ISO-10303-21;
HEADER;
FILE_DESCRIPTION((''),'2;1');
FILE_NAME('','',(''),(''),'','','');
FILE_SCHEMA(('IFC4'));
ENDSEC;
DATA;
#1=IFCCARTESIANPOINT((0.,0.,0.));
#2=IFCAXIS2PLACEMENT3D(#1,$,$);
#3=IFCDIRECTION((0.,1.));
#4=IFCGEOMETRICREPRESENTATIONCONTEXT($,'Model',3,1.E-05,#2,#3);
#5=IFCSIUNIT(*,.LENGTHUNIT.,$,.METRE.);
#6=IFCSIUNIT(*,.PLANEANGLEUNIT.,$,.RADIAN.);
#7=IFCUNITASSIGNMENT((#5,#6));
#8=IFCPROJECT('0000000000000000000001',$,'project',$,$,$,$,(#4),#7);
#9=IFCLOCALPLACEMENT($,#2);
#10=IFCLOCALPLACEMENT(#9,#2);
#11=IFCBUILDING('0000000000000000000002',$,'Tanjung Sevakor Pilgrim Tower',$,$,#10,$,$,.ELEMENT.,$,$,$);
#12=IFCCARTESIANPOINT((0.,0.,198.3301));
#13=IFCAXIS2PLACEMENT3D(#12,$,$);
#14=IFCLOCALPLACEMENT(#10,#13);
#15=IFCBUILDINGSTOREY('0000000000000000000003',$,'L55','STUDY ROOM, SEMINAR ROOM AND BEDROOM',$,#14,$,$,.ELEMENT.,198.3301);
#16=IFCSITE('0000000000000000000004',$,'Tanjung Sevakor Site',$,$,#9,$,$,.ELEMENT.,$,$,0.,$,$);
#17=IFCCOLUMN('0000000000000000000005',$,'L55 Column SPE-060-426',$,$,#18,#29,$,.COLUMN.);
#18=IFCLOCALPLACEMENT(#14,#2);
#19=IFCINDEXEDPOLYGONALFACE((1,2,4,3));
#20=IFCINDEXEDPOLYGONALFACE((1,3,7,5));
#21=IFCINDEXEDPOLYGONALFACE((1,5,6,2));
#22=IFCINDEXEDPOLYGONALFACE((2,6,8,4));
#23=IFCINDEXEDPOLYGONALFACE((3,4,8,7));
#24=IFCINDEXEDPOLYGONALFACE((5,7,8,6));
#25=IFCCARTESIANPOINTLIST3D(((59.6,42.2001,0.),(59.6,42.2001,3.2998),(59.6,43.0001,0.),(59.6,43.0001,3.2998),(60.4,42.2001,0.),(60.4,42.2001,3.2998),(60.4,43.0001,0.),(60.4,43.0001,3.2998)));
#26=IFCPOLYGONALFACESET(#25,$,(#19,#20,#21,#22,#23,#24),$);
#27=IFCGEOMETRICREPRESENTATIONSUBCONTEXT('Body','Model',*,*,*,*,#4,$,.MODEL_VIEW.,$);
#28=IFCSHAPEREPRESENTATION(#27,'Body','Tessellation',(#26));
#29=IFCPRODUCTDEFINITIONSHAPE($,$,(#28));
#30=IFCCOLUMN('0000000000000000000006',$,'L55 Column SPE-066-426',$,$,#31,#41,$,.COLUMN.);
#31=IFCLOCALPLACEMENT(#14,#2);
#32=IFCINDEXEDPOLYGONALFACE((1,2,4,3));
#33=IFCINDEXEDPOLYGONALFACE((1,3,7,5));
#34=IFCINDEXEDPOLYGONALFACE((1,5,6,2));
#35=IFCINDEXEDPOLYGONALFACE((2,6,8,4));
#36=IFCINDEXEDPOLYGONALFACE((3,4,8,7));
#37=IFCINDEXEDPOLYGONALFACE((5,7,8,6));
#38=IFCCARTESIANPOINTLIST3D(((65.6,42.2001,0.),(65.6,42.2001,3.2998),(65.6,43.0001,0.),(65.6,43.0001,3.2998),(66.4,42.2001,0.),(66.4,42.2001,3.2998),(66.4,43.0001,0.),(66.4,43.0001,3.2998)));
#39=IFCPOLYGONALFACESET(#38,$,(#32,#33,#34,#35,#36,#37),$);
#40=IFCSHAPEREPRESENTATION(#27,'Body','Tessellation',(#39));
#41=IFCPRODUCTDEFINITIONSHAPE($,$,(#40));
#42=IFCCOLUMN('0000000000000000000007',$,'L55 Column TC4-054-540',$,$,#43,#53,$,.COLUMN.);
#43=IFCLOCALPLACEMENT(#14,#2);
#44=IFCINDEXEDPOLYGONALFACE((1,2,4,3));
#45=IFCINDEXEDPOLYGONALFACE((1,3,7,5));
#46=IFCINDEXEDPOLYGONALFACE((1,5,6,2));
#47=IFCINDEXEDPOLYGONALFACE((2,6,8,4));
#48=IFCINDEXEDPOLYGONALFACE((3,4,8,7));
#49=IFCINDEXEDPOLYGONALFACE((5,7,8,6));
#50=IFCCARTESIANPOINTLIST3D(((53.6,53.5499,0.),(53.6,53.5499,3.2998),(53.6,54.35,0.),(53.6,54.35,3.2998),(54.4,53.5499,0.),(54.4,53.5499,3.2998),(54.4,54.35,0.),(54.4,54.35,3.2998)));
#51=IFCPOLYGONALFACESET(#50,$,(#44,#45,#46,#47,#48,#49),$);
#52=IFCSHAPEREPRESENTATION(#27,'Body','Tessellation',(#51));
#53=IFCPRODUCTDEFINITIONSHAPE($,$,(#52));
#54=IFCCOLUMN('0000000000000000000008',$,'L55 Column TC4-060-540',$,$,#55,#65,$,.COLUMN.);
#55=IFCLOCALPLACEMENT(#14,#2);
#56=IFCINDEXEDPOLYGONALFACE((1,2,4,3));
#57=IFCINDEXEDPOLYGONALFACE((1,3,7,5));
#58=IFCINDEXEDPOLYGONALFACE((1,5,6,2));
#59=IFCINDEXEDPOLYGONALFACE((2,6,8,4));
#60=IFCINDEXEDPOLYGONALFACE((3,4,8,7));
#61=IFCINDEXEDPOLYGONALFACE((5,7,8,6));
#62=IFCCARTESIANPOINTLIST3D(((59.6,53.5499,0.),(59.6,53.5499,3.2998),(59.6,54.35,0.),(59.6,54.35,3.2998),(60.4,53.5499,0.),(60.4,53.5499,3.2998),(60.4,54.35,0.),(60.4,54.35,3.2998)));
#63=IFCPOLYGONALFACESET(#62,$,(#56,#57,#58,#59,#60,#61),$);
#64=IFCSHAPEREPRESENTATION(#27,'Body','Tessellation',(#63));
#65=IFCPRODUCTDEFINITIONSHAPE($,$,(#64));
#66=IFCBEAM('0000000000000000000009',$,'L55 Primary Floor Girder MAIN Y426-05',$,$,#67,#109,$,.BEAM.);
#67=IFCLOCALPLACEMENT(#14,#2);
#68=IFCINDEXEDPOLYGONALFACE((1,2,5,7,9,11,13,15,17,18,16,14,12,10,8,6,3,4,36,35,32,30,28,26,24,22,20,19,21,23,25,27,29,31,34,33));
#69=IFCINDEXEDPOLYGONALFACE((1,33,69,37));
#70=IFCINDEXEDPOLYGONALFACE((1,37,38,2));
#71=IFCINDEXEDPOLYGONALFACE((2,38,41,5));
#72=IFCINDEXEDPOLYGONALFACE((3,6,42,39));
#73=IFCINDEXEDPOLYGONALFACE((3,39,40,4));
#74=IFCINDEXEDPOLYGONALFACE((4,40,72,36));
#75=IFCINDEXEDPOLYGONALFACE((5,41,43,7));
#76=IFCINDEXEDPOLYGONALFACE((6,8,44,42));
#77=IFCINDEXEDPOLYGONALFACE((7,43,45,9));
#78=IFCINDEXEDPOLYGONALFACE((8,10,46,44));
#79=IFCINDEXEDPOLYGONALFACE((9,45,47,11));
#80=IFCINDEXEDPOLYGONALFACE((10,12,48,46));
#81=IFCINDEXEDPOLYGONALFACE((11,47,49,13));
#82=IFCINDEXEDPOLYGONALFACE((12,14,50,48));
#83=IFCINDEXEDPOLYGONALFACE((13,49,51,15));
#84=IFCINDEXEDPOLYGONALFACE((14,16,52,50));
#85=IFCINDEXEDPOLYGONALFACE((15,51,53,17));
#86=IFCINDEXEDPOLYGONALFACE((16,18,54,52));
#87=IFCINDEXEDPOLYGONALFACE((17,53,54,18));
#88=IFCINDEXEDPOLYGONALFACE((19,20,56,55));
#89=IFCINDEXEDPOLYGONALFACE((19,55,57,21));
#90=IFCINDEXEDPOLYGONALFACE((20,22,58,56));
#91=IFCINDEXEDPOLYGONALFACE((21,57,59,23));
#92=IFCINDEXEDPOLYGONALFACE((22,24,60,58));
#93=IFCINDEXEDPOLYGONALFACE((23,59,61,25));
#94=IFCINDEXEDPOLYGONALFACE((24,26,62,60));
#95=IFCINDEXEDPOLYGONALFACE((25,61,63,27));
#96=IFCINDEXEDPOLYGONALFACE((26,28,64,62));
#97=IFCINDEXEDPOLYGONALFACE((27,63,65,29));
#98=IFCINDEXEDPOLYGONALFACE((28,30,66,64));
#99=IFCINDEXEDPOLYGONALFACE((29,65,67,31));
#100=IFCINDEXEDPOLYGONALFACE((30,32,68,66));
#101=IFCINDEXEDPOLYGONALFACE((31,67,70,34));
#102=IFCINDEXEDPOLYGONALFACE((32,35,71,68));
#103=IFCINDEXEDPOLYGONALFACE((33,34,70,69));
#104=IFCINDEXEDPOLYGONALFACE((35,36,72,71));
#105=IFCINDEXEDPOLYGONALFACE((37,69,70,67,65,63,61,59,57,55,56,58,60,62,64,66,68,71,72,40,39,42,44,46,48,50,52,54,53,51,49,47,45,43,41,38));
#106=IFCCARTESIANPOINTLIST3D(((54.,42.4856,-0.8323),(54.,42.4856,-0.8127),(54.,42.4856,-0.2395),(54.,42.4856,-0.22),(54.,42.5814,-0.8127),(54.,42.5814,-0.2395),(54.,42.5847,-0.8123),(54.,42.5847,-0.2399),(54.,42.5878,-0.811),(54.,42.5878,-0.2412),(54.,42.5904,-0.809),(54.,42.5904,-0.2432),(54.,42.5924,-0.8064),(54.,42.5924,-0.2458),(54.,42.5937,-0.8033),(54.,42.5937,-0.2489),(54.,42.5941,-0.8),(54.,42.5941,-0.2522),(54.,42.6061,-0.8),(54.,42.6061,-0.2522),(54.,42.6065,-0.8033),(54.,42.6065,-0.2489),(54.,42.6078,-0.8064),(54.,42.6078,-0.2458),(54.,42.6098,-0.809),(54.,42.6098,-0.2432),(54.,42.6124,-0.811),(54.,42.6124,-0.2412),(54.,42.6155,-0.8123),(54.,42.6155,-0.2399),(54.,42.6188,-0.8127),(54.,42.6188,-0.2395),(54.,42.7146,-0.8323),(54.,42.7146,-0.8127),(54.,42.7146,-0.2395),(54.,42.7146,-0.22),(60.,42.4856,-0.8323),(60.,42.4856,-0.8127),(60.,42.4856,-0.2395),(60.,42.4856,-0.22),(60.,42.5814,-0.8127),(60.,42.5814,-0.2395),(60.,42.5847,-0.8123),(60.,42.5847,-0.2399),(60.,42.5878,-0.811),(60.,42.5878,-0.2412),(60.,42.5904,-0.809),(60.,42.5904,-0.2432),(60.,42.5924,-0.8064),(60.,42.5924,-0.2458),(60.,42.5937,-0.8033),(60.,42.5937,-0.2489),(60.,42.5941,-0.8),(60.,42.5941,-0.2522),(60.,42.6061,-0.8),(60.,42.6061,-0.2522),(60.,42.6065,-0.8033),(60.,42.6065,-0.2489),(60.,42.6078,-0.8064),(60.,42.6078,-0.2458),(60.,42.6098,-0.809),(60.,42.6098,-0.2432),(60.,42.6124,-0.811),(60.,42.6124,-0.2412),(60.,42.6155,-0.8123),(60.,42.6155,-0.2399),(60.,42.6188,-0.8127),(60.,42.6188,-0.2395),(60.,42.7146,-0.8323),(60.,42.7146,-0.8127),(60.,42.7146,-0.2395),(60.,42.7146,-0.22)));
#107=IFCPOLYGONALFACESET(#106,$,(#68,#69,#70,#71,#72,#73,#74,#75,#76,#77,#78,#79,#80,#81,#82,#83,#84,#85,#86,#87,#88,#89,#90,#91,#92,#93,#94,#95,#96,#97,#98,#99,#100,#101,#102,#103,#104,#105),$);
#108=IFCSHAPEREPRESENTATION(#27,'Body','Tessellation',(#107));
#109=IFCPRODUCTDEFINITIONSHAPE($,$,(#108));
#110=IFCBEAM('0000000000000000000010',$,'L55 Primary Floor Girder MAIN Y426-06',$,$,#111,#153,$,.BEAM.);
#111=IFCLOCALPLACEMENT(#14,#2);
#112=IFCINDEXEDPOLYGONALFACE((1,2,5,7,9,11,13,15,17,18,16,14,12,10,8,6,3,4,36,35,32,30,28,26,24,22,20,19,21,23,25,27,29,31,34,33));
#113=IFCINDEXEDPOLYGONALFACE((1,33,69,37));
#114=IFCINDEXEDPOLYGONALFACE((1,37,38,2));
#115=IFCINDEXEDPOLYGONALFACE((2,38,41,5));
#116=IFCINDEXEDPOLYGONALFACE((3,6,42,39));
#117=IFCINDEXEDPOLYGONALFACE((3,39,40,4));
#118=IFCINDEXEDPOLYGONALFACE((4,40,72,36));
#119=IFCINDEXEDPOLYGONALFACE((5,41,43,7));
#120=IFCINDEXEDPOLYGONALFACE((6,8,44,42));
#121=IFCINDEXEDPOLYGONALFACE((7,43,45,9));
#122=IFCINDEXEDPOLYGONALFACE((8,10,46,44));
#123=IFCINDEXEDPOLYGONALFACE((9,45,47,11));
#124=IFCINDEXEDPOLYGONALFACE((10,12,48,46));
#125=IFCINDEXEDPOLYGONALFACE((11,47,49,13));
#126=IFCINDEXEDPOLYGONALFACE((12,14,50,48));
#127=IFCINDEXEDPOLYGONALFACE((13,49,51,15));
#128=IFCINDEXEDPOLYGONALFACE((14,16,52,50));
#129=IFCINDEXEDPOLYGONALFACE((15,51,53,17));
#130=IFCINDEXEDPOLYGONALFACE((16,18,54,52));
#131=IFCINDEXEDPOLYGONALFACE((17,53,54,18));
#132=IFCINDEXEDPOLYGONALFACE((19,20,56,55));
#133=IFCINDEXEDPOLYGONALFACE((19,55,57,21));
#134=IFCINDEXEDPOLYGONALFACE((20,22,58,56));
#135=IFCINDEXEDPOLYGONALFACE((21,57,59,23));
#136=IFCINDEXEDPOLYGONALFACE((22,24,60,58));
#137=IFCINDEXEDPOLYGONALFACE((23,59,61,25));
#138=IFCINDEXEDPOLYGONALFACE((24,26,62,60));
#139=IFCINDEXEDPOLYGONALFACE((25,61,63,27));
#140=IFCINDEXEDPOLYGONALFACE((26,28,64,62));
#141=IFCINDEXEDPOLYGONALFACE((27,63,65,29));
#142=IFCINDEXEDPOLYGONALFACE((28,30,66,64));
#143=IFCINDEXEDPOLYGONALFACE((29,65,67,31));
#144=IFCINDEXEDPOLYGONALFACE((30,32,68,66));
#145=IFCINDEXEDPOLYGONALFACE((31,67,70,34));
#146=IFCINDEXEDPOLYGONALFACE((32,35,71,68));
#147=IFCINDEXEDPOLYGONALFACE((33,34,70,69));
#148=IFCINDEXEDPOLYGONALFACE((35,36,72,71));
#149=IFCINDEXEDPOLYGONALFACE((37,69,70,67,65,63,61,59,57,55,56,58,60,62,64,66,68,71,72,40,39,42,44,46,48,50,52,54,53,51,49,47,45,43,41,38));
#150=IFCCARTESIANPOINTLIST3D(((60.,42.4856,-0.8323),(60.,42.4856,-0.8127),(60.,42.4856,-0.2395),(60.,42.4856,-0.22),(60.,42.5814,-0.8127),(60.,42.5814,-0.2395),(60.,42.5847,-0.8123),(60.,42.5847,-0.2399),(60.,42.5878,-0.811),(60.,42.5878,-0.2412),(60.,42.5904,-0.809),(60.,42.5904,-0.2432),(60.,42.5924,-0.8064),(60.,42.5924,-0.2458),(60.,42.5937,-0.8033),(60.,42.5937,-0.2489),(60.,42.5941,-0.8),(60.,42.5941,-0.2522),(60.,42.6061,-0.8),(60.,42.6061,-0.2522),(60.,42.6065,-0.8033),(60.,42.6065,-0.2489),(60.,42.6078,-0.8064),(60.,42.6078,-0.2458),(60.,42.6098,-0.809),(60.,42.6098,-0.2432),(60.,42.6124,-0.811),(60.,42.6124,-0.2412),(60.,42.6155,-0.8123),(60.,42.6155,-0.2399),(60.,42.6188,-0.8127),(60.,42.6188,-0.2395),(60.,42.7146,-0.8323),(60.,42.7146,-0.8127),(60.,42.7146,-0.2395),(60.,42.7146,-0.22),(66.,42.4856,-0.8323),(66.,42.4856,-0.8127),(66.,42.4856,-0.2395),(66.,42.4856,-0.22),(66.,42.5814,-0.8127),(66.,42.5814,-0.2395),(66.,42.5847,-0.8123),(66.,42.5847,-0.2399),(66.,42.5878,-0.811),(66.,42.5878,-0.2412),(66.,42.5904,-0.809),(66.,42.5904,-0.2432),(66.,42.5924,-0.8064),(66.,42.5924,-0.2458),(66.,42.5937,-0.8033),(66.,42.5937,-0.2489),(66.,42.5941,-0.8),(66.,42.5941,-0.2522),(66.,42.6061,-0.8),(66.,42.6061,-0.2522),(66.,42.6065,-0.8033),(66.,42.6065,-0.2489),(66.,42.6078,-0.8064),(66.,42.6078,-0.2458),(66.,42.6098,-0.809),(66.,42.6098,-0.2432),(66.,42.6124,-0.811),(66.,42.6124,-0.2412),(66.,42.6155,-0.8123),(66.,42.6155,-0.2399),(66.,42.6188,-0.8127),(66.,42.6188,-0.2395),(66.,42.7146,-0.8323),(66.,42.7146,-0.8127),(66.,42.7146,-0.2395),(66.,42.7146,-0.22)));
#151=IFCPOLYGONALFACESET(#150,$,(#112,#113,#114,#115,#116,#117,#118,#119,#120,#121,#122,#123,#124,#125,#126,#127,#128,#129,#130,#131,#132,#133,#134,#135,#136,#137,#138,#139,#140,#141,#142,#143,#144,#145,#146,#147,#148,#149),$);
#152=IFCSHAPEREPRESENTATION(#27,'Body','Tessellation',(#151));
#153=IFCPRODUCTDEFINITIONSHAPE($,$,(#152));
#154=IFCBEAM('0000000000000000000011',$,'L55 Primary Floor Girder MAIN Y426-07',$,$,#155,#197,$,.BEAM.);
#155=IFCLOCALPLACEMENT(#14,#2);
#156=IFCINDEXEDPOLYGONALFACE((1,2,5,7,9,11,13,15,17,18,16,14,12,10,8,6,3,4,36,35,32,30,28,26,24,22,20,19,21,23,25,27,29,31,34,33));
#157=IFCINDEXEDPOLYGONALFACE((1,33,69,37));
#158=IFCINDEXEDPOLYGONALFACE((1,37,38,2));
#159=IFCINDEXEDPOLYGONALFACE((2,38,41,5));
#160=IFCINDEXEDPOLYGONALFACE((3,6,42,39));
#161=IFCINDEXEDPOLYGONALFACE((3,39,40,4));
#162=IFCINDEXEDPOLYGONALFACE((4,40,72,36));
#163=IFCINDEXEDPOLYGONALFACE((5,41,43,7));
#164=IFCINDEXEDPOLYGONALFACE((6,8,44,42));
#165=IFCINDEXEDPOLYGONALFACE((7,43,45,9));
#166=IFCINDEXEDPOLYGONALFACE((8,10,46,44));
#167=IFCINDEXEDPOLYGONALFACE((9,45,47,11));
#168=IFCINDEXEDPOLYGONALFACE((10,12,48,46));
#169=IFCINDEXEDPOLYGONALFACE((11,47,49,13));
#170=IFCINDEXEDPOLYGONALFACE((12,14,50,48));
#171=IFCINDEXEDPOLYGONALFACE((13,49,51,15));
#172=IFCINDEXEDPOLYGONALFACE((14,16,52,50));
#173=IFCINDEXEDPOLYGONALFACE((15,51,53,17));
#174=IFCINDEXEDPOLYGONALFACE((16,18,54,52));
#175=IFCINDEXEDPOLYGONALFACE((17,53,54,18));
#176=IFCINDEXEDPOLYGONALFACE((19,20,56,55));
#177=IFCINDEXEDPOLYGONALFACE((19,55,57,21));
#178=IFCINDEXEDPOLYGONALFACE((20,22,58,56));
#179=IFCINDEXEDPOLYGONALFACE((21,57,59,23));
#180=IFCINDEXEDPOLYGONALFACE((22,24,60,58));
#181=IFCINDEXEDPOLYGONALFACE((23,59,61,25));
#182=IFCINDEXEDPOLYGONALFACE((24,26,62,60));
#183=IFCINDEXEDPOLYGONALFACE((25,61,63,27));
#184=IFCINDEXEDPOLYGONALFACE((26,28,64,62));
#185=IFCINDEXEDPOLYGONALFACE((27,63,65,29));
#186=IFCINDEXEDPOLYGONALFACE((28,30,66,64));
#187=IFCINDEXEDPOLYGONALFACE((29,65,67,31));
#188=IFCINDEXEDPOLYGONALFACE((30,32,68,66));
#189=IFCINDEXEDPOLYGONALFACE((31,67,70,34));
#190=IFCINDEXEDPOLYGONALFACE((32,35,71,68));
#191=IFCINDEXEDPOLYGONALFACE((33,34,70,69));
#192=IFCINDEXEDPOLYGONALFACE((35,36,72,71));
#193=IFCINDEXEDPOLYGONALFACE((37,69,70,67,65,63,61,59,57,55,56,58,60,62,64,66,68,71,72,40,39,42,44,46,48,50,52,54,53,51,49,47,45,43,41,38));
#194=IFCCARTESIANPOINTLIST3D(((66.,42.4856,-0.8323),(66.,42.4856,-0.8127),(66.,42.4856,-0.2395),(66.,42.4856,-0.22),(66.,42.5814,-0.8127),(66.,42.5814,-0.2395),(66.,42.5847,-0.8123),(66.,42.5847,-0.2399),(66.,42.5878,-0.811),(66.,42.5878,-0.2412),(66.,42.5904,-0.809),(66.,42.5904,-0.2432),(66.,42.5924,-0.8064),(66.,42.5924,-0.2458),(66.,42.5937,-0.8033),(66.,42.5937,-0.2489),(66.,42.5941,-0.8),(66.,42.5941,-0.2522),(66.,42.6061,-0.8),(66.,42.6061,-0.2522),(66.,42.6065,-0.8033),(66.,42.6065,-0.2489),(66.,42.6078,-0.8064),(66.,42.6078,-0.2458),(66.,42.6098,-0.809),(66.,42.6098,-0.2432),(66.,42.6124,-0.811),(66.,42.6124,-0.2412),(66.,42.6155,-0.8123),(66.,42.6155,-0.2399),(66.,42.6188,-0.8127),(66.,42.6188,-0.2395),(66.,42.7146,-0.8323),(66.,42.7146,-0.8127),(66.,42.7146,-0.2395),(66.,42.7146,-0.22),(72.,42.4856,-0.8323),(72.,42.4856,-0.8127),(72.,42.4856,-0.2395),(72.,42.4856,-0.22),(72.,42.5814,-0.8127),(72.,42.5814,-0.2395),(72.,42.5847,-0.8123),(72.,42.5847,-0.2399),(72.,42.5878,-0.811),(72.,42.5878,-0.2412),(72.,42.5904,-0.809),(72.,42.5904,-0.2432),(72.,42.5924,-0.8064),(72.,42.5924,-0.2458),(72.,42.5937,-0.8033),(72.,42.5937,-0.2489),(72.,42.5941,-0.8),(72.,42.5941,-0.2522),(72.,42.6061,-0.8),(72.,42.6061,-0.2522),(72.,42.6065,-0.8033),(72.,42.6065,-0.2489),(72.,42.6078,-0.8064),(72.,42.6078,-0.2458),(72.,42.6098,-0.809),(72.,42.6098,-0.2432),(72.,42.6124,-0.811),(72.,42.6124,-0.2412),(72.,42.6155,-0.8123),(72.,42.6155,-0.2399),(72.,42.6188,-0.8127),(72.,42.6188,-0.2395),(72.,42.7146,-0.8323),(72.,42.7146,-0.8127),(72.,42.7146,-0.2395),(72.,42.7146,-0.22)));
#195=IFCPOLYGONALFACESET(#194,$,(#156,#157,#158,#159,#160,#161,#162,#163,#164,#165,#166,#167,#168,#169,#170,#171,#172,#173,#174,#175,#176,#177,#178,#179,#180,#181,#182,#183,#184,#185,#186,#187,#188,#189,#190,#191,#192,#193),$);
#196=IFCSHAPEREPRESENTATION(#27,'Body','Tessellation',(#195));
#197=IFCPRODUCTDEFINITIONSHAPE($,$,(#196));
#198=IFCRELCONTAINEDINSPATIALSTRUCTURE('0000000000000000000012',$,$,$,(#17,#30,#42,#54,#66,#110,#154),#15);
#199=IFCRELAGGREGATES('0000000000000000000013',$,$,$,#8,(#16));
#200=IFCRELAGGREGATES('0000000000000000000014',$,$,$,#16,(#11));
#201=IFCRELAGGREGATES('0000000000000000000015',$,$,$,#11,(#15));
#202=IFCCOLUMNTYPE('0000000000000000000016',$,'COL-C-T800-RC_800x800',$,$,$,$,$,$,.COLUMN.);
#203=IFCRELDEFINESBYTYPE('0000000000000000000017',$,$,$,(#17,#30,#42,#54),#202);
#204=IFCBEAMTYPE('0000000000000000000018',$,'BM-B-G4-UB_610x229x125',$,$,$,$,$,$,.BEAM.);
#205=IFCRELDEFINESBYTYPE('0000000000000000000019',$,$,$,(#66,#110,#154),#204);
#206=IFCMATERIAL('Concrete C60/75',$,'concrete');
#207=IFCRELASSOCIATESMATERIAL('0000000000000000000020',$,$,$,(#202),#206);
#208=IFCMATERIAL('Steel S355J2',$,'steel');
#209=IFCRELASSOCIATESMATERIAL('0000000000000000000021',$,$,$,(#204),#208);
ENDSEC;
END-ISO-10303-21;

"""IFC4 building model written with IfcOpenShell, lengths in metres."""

from ifc_helpers import new_model, si_unit, direction, frame, origin, origin_2d, place, context, subcontext, project, spatial, rectangle, i_section, extrude, material, material_profile, profile_set, type_object, element, save


model = new_model("IFC4")

# Units and contexts
model_context = context("Model", 3, precision=1e-05, world=origin(), true_north=direction((0.0, 1.0)))
body_context = subcontext(model_context, "Body", "Model", "MODEL_VIEW")
ifc_project = project(units=[si_unit("LENGTHUNIT", "METRE"), si_unit("PLANEANGLEUNIT", "RADIAN")], contexts=[model_context])

# Site, building, storey
site_placement = place(None, origin())
site = spatial("IfcSite", under=ifc_project, at=site_placement, Name="Tanjung Sevakor Site", CompositionType="ELEMENT", RefElevation=0.0)
building_placement = place(site_placement, origin())
building = spatial("IfcBuilding", under=site, at=building_placement, Name="Tanjung Sevakor Pilgrim Tower", CompositionType="ELEMENT")
storey_placement = place(building_placement, frame((0.0, 0.0, 198.3301)))
storey = spatial("IfcBuildingStorey", under=building, at=storey_placement, Name="L55", Description="STUDY ROOM, SEMINAR ROOM AND BEDROOM", CompositionType="ELEMENT", Elevation=198.3301)

# Columns
ifc_material_1 = material(Name="Concrete C60/75", Category="concrete")
ifc_material_profile_1 = material_profile(ifc_material_1, rectangle(XDim=0.8, YDim=0.8, at=origin_2d()))
ifc_profile_set_1 = profile_set([ifc_material_profile_1], Name="Concrete C60/75")
column_type = type_object("IfcColumnType", Name="COL-C-T800-RC_800x800", PredefinedType="COLUMN", material=ifc_profile_set_1)
for number, where, z_axis, x_axis, name in (
    (1, (60.0, 42.6001, 0.0), (0.0, 0.0, 1.0), (1.0, 0.0, 0.0), "L55 Column SPE-060-426"),
    (2, (66.0, 42.6001, 0.0), (0.0, 0.0, 1.0), (1.0, 0.0, 0.0), "L55 Column SPE-066-426"),
    (3, (54.0, 53.95, 0.0), (0.0, 0.0, 1.0), (1.0, 0.0, 0.0), "L55 Column TC4-054-540"),
    (4, (60.0, 53.95, 0.0), (0.0, 0.0, 1.0), (1.0, 0.0, 0.0), "L55 Column TC4-060-540"),
):
    element("IfcColumn", number, at=place(storey_placement, frame(where, z_axis=z_axis, x_axis=x_axis)), inside=storey, type_object=column_type, Name=name, PredefinedType="COLUMN", context=body_context, shape_type="SweptSolid", body=[
        extrude(rectangle(XDim=0.8, YDim=0.8, at=origin_2d()), origin(), (0.0, 0.0, 1.0), 3.2998),
    ])

# Beams
ifc_material_2 = material(Name="Steel S355J2", Category="steel")
ifc_material_profile_2 = material_profile(ifc_material_2, i_section(OverallWidth=0.229, OverallDepth=0.6123, WebThickness=0.012, FlangeThickness=0.0195, FilletRadius=0.0127, at=origin_2d()))
ifc_profile_set_2 = profile_set([ifc_material_profile_2], Name="Steel S355J2")
beam_type_1 = type_object("IfcBeamType", Name="BM-B-G4-UB_610x229x125", PredefinedType="BEAM", material=ifc_profile_set_2)
for number, where, z_axis, x_axis, name in (
    (5, (54.0, 42.6001, -0.5261), (1.0, 0.0, 0.0), (0.0, 1.0, 0.0), "L55 Primary Floor Girder MAIN Y426-05"),
    (6, (60.0, 42.6001, -0.5261), (1.0, 0.0, 0.0), (0.0, 1.0, 0.0), "L55 Primary Floor Girder MAIN Y426-06"),
    (7, (66.0, 42.6001, -0.5261), (1.0, 0.0, 0.0), (0.0, 1.0, 0.0), "L55 Primary Floor Girder MAIN Y426-07"),
):
    element("IfcBeam", number, at=place(storey_placement, frame(where, z_axis=z_axis, x_axis=x_axis)), inside=storey, type_object=beam_type_1, Name=name, PredefinedType="BEAM", context=body_context, shape_type="SweptSolid", body=[
        extrude(i_section(OverallWidth=0.229, OverallDepth=0.6123, WebThickness=0.012, FlangeThickness=0.0195, FilletRadius=0.0127, at=origin_2d()), origin(), (0.0, 0.0, 1.0), 6.0),
    ])

save(model, "model.ifc")
